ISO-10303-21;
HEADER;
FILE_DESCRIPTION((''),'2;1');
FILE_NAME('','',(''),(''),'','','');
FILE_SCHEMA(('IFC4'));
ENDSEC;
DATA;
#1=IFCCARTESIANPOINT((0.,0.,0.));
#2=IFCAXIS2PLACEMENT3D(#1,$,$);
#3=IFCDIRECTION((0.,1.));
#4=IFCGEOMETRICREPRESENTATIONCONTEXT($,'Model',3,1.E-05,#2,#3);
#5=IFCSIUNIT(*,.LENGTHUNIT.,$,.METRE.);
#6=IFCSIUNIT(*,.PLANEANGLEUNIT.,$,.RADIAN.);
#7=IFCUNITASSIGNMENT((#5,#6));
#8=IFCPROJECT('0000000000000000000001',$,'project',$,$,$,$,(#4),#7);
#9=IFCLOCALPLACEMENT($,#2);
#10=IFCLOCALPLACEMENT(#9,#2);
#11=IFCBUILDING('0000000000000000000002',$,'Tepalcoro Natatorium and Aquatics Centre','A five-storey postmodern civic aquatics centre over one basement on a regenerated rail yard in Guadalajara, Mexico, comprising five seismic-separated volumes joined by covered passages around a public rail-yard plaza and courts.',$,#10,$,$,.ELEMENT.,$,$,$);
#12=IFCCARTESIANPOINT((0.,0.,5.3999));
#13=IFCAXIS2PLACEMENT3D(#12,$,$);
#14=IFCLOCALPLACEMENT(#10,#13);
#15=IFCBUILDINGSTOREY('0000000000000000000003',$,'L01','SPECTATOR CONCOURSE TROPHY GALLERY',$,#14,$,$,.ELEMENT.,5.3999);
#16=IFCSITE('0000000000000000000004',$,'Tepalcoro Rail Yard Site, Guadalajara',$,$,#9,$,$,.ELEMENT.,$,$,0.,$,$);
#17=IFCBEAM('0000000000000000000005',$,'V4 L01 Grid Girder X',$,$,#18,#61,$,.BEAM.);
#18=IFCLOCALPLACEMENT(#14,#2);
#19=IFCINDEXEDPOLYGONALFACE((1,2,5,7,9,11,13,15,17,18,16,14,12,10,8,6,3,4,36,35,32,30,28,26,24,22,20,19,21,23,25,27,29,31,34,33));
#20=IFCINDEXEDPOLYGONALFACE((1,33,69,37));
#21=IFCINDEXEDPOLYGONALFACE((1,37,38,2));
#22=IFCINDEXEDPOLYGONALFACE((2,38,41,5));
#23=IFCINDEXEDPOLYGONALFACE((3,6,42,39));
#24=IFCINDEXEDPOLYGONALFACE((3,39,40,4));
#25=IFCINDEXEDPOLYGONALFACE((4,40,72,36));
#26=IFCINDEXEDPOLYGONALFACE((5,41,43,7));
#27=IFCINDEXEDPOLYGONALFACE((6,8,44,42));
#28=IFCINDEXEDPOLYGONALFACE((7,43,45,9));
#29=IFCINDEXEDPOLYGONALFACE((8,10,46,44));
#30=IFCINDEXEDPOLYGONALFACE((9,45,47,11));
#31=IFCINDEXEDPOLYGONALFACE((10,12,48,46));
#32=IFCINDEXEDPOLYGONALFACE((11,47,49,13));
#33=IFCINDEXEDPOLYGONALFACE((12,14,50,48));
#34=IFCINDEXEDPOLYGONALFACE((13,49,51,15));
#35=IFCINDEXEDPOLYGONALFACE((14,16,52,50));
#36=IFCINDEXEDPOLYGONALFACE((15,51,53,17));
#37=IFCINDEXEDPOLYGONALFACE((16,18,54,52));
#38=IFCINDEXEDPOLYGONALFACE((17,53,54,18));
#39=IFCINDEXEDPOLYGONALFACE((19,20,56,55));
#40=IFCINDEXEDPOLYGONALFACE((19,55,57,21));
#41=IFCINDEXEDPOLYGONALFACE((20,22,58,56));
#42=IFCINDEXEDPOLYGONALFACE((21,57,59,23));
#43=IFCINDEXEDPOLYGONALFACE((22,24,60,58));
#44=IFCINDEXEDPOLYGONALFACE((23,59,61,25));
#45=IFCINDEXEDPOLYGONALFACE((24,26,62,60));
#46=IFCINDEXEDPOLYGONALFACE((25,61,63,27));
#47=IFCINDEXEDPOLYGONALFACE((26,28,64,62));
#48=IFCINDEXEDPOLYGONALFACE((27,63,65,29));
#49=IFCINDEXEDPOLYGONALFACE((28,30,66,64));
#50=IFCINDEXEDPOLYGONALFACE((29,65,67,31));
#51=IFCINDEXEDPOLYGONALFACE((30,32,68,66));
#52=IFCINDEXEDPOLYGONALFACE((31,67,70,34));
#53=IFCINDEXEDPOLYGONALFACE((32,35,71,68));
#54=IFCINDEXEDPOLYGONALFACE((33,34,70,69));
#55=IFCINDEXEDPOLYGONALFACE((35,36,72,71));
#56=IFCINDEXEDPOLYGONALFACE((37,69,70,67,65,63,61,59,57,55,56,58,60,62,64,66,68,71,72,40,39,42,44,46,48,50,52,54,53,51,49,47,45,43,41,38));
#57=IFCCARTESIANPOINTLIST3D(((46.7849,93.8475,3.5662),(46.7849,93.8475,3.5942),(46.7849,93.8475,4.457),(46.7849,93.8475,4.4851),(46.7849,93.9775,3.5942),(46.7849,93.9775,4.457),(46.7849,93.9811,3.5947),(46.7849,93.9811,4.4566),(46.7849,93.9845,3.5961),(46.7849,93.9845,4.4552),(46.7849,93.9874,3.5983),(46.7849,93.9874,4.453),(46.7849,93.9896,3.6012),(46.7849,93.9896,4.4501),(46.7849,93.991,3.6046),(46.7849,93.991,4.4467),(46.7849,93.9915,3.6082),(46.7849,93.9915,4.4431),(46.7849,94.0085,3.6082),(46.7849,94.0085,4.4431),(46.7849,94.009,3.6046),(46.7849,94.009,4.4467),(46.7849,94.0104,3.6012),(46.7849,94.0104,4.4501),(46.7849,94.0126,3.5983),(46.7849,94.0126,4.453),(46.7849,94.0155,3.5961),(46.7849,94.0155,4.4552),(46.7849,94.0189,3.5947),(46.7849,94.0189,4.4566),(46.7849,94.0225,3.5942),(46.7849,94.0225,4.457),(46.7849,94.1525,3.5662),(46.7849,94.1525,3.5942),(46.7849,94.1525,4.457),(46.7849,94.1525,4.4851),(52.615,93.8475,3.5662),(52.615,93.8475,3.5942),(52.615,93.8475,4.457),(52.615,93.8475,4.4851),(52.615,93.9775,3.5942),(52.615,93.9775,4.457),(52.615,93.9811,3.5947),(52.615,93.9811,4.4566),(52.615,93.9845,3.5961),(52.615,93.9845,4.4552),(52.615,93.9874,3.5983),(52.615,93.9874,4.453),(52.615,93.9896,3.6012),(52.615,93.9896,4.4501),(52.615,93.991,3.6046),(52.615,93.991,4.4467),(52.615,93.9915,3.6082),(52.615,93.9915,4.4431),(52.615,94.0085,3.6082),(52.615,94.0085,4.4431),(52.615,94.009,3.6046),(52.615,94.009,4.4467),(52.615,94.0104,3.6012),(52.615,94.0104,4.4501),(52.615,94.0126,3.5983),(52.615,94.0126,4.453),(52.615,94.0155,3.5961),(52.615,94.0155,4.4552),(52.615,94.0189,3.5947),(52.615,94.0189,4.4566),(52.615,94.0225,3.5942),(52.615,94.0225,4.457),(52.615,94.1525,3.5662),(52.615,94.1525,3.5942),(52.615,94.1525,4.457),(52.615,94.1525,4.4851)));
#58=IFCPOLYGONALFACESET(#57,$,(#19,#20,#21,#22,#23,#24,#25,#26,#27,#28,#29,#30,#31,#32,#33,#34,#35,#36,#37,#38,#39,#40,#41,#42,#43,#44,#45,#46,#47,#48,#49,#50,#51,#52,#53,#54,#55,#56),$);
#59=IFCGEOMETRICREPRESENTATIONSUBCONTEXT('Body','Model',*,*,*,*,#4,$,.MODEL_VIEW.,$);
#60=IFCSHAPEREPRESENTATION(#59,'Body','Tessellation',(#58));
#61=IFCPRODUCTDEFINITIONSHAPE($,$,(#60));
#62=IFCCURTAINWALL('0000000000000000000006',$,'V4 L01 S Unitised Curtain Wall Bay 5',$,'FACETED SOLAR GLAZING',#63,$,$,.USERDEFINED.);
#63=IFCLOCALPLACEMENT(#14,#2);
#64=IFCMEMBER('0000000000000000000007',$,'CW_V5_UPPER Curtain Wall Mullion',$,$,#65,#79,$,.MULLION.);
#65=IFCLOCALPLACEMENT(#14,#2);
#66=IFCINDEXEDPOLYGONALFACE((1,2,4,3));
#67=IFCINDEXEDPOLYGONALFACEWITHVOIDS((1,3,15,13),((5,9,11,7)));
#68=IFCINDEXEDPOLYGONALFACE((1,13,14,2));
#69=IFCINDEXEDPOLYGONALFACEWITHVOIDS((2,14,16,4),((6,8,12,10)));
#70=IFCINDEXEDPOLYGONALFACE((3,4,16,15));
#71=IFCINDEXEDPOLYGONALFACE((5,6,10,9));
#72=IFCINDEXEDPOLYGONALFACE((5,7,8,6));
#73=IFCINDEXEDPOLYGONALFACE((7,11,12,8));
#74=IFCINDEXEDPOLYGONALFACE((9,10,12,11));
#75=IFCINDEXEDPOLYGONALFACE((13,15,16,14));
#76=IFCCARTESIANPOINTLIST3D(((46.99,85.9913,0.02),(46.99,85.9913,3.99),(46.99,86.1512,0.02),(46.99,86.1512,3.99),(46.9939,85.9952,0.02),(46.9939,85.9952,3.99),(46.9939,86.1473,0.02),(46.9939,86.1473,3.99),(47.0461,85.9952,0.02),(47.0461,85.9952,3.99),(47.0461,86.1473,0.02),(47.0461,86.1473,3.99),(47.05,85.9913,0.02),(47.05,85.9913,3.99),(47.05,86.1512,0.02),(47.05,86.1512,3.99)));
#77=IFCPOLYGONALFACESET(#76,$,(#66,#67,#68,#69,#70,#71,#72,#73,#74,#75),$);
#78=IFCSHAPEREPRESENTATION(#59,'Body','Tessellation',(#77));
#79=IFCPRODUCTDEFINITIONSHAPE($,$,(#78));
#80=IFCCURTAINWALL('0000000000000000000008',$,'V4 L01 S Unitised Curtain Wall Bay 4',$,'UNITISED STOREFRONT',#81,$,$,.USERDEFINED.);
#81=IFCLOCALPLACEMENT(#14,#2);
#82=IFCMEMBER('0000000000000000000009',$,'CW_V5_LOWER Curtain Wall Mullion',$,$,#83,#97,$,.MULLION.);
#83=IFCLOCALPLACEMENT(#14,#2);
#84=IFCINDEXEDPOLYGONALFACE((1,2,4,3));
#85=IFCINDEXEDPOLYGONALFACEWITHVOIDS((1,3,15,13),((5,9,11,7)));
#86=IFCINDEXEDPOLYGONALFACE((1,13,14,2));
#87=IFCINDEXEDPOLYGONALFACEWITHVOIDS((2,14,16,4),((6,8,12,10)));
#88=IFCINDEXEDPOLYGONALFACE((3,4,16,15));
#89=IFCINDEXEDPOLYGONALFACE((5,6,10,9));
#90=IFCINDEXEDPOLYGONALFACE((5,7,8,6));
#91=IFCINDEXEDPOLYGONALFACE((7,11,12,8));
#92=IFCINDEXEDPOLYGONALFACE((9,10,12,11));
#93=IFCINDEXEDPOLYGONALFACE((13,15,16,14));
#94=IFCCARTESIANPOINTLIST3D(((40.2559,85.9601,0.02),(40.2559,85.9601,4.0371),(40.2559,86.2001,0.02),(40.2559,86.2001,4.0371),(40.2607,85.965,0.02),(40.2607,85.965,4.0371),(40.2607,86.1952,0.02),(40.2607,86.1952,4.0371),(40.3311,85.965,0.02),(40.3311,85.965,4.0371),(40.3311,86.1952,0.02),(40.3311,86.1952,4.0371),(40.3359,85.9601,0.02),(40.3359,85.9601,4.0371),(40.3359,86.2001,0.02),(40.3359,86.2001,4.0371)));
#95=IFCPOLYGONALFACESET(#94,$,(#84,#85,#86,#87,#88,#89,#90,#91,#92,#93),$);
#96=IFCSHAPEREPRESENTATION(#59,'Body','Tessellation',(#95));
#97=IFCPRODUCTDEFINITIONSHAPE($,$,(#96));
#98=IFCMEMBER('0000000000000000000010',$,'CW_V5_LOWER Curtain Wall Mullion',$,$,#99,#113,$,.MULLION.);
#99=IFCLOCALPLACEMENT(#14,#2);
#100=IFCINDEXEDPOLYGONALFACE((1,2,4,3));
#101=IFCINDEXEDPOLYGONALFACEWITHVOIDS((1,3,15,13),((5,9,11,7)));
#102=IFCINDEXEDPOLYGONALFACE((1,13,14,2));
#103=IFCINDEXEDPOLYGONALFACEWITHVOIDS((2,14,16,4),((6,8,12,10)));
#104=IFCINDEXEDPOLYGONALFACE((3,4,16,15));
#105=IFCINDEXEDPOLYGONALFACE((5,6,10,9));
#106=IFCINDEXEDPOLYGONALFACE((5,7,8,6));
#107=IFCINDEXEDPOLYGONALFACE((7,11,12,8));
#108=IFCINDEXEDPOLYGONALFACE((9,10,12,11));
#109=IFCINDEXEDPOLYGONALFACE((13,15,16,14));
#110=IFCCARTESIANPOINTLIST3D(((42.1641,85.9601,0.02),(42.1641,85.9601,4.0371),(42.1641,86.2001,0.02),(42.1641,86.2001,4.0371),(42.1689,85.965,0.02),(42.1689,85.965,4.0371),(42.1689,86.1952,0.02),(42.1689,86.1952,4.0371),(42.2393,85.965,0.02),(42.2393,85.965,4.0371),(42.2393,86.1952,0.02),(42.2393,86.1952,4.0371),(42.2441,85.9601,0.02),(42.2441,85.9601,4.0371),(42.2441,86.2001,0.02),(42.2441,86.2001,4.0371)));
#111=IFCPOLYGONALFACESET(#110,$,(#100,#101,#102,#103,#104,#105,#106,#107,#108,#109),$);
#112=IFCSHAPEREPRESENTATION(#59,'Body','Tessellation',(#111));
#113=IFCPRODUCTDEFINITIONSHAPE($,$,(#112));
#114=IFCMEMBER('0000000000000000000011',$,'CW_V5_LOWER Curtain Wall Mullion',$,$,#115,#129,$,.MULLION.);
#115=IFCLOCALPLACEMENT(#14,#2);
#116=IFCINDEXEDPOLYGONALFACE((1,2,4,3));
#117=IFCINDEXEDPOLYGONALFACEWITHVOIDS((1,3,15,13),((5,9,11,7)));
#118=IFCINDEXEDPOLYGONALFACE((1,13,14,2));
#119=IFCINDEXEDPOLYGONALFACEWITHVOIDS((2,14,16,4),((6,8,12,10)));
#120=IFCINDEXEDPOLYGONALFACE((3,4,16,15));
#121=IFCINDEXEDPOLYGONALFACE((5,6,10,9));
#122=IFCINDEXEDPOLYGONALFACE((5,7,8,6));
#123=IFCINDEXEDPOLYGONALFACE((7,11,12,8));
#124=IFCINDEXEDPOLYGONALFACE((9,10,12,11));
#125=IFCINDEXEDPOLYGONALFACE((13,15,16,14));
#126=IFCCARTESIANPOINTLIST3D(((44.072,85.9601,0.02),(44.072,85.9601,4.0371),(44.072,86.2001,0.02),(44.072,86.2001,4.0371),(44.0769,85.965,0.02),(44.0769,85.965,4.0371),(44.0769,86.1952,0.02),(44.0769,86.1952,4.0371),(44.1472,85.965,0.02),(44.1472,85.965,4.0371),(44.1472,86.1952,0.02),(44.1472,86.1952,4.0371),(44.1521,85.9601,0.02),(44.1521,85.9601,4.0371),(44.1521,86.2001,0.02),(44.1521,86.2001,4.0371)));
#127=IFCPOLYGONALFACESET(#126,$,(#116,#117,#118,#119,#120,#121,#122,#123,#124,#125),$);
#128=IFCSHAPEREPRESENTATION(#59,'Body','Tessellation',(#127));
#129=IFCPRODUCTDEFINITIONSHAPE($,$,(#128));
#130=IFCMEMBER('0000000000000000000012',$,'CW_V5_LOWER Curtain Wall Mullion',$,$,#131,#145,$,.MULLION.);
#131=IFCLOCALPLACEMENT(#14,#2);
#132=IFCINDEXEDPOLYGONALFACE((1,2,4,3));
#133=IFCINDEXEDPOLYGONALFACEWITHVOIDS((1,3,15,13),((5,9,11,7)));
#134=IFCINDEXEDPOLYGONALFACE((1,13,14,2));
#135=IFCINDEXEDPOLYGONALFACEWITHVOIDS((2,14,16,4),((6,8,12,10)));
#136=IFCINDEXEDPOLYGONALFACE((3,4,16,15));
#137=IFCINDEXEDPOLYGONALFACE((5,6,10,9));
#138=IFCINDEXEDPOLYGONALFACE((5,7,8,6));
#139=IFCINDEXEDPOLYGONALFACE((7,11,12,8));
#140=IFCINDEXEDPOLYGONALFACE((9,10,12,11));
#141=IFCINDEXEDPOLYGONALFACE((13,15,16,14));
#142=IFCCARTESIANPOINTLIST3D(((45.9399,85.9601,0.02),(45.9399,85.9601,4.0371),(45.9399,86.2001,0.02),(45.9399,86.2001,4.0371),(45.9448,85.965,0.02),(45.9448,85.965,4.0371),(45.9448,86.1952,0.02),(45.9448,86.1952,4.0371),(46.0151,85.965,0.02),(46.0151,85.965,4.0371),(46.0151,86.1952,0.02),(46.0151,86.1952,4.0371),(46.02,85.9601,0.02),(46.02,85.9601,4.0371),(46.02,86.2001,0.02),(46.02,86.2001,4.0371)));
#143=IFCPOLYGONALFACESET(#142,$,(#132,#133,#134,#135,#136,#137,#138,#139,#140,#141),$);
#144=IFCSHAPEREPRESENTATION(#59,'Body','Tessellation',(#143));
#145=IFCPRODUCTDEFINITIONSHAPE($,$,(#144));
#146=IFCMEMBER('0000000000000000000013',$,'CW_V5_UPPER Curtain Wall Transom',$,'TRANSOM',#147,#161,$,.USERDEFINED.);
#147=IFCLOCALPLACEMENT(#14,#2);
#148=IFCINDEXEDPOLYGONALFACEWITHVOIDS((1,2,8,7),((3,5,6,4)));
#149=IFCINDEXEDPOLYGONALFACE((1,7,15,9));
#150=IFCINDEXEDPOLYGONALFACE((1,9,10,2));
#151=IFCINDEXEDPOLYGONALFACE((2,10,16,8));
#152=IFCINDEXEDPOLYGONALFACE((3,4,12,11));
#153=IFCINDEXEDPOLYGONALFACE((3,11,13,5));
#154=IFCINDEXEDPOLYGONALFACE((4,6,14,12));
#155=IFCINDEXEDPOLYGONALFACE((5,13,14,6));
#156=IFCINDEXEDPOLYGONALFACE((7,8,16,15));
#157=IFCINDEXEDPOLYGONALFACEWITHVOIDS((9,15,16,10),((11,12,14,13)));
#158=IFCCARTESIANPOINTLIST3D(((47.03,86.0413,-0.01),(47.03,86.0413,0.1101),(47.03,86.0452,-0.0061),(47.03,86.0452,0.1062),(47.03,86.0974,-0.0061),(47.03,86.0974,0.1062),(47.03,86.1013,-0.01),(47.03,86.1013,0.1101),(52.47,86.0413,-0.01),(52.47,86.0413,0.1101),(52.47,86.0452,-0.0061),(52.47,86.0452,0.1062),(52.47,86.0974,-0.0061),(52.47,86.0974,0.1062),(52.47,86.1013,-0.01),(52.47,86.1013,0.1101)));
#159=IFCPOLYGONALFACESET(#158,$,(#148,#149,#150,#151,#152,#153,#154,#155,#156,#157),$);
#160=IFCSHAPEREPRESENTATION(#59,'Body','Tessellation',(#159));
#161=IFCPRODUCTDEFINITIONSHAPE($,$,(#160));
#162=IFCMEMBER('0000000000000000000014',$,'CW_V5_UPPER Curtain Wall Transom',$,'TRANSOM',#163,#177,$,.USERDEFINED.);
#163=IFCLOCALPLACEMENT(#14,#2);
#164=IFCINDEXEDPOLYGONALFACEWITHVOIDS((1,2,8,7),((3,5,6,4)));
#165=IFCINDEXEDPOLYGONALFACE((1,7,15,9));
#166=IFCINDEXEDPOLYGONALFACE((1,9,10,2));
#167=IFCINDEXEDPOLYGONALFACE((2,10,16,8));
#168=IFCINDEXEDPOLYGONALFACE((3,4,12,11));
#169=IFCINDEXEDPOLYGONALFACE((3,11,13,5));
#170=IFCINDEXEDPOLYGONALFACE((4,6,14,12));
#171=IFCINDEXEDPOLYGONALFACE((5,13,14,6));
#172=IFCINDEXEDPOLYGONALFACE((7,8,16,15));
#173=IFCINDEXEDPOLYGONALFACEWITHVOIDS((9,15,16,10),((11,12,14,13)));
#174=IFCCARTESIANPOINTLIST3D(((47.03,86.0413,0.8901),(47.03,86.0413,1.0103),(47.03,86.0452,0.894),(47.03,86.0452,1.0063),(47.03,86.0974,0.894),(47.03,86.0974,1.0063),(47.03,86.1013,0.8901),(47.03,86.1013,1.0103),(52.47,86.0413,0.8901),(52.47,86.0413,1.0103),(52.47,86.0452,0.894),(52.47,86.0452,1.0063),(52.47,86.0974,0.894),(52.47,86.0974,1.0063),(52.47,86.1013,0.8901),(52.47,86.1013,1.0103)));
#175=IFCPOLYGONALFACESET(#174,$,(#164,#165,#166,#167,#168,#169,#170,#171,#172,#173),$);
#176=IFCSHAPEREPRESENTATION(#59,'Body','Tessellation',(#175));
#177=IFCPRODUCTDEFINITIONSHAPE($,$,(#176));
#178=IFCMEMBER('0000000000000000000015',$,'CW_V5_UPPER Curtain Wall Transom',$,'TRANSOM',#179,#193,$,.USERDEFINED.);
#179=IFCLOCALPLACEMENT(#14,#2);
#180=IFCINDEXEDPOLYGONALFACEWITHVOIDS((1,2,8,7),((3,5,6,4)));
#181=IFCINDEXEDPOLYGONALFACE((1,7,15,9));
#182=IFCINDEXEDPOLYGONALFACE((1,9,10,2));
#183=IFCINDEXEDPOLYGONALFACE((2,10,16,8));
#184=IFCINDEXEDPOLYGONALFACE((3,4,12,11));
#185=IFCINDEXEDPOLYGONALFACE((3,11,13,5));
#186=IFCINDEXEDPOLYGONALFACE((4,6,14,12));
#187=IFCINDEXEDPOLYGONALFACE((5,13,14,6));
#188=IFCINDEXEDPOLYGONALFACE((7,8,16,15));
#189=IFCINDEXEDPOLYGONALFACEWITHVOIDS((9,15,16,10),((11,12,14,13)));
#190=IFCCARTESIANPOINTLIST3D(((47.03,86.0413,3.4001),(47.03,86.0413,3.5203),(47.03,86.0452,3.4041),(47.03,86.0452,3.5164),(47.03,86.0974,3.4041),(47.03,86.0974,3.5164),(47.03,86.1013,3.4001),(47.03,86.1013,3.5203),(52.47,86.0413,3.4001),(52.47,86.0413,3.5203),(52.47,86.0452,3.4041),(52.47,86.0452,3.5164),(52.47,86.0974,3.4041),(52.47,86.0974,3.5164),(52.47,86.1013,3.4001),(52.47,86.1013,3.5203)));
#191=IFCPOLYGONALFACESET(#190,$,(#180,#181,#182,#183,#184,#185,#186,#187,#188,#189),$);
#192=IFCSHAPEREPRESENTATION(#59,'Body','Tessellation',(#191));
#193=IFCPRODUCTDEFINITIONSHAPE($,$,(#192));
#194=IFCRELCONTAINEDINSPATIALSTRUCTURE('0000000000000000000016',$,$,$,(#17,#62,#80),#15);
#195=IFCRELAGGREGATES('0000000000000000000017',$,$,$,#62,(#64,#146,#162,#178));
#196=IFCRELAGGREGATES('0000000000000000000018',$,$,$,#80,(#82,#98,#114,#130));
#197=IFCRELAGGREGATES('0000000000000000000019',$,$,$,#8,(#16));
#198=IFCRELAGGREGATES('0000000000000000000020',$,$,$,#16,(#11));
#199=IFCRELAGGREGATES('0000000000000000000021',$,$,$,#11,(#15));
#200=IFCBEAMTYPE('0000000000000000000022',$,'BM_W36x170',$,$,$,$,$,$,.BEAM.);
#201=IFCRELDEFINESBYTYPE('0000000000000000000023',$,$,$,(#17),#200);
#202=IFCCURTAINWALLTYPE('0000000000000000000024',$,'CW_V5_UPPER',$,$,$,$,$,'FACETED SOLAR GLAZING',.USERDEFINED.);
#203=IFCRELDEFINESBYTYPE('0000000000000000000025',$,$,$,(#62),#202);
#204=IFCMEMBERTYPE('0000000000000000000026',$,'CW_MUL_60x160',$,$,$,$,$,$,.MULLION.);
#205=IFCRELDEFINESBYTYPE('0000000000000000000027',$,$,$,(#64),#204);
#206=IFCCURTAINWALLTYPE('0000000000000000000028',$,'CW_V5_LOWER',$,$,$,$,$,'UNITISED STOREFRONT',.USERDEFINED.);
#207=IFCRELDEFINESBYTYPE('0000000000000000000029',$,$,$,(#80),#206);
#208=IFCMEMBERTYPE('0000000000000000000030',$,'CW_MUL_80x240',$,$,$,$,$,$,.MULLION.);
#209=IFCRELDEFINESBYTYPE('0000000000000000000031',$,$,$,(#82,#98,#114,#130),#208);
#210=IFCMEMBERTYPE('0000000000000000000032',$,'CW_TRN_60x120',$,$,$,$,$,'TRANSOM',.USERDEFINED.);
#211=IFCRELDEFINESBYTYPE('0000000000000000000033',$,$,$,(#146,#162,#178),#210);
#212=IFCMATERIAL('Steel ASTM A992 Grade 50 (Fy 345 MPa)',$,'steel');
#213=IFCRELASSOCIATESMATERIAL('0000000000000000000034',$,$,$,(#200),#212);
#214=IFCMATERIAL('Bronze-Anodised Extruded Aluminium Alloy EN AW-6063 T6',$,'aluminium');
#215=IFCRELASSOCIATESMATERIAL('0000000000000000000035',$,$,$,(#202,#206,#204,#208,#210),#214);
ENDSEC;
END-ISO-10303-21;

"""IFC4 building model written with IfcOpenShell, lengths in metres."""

from ifc_helpers import new_model, si_unit, direction, frame, origin, origin_2d, place, context, subcontext, project, spatial, hollow_rectangle, i_section, extrude, material, material_profile, profile_set, type_object, element, aggregate, save


model = new_model("IFC4")

# Units and contexts
model_context = context("Model", 3, precision=1e-05, world=origin(), true_north=direction((0.0, 1.0)))
body_context = subcontext(model_context, "Body", "Model", "MODEL_VIEW")
ifc_project = project(units=[si_unit("LENGTHUNIT", "METRE"), si_unit("PLANEANGLEUNIT", "RADIAN")], contexts=[model_context])

# Site, building, storey
site_placement = place(None, origin())
site = spatial("IfcSite", under=ifc_project, at=site_placement, Name="Tepalcoro Rail Yard Site, Guadalajara", CompositionType="ELEMENT", RefElevation=0.0)
building_placement = place(site_placement, origin())
building = spatial("IfcBuilding", under=site, at=building_placement, Name="Tepalcoro Natatorium and Aquatics Centre", Description="A five-storey postmodern civic aquatics centre over one basement on a regenerated rail yard in Guadalajara, Mexico, comprising five seismic-separated volumes joined by covered passages around a public rail-yard plaza and courts.", CompositionType="ELEMENT")
storey_placement = place(building_placement, frame((0.0, 0.0, 5.3999)))
storey = spatial("IfcBuildingStorey", under=building, at=storey_placement, Name="L01", Description="SPECTATOR CONCOURSE TROPHY GALLERY", CompositionType="ELEMENT", Elevation=5.3999)

# Beam
ifc_material_1 = material(Name="Steel ASTM A992 Grade 50 (Fy 345 MPa)", Category="steel")
ifc_material_profile_1 = material_profile(ifc_material_1, i_section(OverallWidth=0.3049, OverallDepth=0.9189, WebThickness=0.0171, FlangeThickness=0.0281, FilletRadius=0.0139, at=origin_2d()), Name="W36X170")
ifc_profile_set_1 = profile_set([ifc_material_profile_1], Name="Steel ASTM A992 Grade 50 (Fy 345 MPa)")
beam_type_1 = type_object("IfcBeamType", Name="BM_W36x170", PredefinedType="BEAM", material=ifc_profile_set_1)
beam_1_placement = place(storey_placement, frame((46.7849, 94.0, 4.0256), z_axis=(1.0, 0.0, 0.0), x_axis=(0.0, 1.0, 0.0)))
element("IfcBeam", 1, at=beam_1_placement, inside=storey, type_object=beam_type_1, Name="V4 L01 Grid Girder X", PredefinedType="BEAM", context=body_context, shape_type="SweptSolid", body=[
    extrude(i_section(OverallWidth=0.3049, OverallDepth=0.9189, WebThickness=0.0171, FlangeThickness=0.0281, FilletRadius=0.0139, at=origin_2d()), origin(), (0.0, 0.0, 1.0), 5.8301),
])

# Curtain wall, member
ifc_material_2 = material(Name="Bronze-Anodised Extruded Aluminium Alloy EN AW-6063 T6", Category="aluminium")
curtain_wall_type_1 = type_object("IfcCurtainWallType", Name="CW_V5_UPPER", ElementType="FACETED SOLAR GLAZING", PredefinedType="USERDEFINED", material=ifc_material_2)
curtain_wall_1_placement = place(storey_placement, origin())
curtain_wall_1 = element("IfcCurtainWall", 2, at=curtain_wall_1_placement, inside=storey, type_object=curtain_wall_type_1, Name="V4 L01 S Unitised Curtain Wall Bay 5", ObjectType="FACETED SOLAR GLAZING", PredefinedType="USERDEFINED")
ifc_material_profile_2 = material_profile(ifc_material_2, hollow_rectangle(XDim=0.0601, YDim=0.1599, WallThickness=0.0039, at=origin_2d()), Name="AL60X160X4")
ifc_profile_set_2 = profile_set([ifc_material_profile_2], Name="Bronze-Anodised Extruded Aluminium Alloy EN AW-6063 T6")
member_type_1 = type_object("IfcMemberType", Name="CW_MUL_60x160", PredefinedType="MULLION", material=ifc_profile_set_2)
member_1_placement = place(storey_placement, frame((47.02, 86.0713, 0.02), z_axis=(0.0, 0.0, 1.0), x_axis=(1.0, 0.0, 0.0)))
member_1 = element("IfcMember", 3, at=member_1_placement, type_object=member_type_1, Name="CW_V5_UPPER Curtain Wall Mullion", PredefinedType="MULLION", context=body_context, shape_type="SweptSolid", body=[
    extrude(hollow_rectangle(XDim=0.0601, YDim=0.1599, WallThickness=0.0039, at=origin_2d()), origin(), (0.0, 0.0, 1.0), 3.97),
])

# Curtain wall, members
curtain_wall_type_2 = type_object("IfcCurtainWallType", Name="CW_V5_LOWER", ElementType="UNITISED STOREFRONT", PredefinedType="USERDEFINED", material=ifc_material_2)
curtain_wall_2_placement = place(storey_placement, origin())
curtain_wall_2 = element("IfcCurtainWall", 4, at=curtain_wall_2_placement, inside=storey, type_object=curtain_wall_type_2, Name="V4 L01 S Unitised Curtain Wall Bay 4", ObjectType="UNITISED STOREFRONT", PredefinedType="USERDEFINED")
ifc_material_profile_3 = material_profile(ifc_material_2, hollow_rectangle(XDim=0.0801, YDim=0.24, WallThickness=0.0049, at=origin_2d()), Name="AL80X240X5")
ifc_profile_set_3 = profile_set([ifc_material_profile_3], Name="Bronze-Anodised Extruded Aluminium Alloy EN AW-6063 T6")
member_type_2 = type_object("IfcMemberType", Name="CW_MUL_80x240", PredefinedType="MULLION", material=ifc_profile_set_3)
member_2_placement = place(storey_placement, frame((40.2959, 86.0801, 0.02), z_axis=(0.0, 0.0, 1.0), x_axis=(1.0, 0.0, 0.0)))
member_2 = element("IfcMember", 5, at=member_2_placement, type_object=member_type_2, Name="CW_V5_LOWER Curtain Wall Mullion", PredefinedType="MULLION", context=body_context, shape_type="SweptSolid", body=[
    extrude(hollow_rectangle(XDim=0.0801, YDim=0.24, WallThickness=0.0049, at=origin_2d()), origin(), (0.0, 0.0, 1.0), 4.0171),
])
member_3_placement = place(storey_placement, frame((42.2041, 86.0801, 0.02), z_axis=(0.0, 0.0, 1.0), x_axis=(1.0, 0.0, 0.0)))
member_3 = element("IfcMember", 6, at=member_3_placement, type_object=member_type_2, Name="CW_V5_LOWER Curtain Wall Mullion", PredefinedType="MULLION", context=body_context, shape_type="SweptSolid", body=[
    extrude(hollow_rectangle(XDim=0.0801, YDim=0.24, WallThickness=0.0049, at=origin_2d()), origin(), (0.0, 0.0, 1.0), 4.0171),
])
member_4_placement = place(storey_placement, frame((44.1121, 86.0801, 0.02), z_axis=(0.0, 0.0, 1.0), x_axis=(1.0, 0.0, 0.0)))
member_4 = element("IfcMember", 7, at=member_4_placement, type_object=member_type_2, Name="CW_V5_LOWER Curtain Wall Mullion", PredefinedType="MULLION", context=body_context, shape_type="SweptSolid", body=[
    extrude(hollow_rectangle(XDim=0.0801, YDim=0.24, WallThickness=0.0049, at=origin_2d()), origin(), (0.0, 0.0, 1.0), 4.0171),
])
member_5_placement = place(storey_placement, frame((45.98, 86.0801, 0.02), z_axis=(0.0, 0.0, 1.0), x_axis=(1.0, 0.0, 0.0)))
member_5 = element("IfcMember", 8, at=member_5_placement, type_object=member_type_2, Name="CW_V5_LOWER Curtain Wall Mullion", PredefinedType="MULLION", context=body_context, shape_type="SweptSolid", body=[
    extrude(hollow_rectangle(XDim=0.0801, YDim=0.24, WallThickness=0.0049, at=origin_2d()), origin(), (0.0, 0.0, 1.0), 4.0171),
])

# Members
ifc_material_profile_4 = material_profile(ifc_material_2, hollow_rectangle(XDim=0.0601, YDim=0.1201, WallThickness=0.0039, at=origin_2d()), Name="AL60X120X4")
ifc_profile_set_4 = profile_set([ifc_material_profile_4], Name="Bronze-Anodised Extruded Aluminium Alloy EN AW-6063 T6")
member_type_3 = type_object("IfcMemberType", Name="CW_TRN_60x120", ElementType="TRANSOM", PredefinedType="USERDEFINED", material=ifc_profile_set_4)
member_6_placement = place(storey_placement, frame((47.03, 86.0713, 0.05), z_axis=(1.0, 0.0, 0.0), x_axis=(0.0, 1.0, 0.0)))
member_6 = element("IfcMember", 9, at=member_6_placement, type_object=member_type_3, Name="CW_V5_UPPER Curtain Wall Transom", ObjectType="TRANSOM", PredefinedType="USERDEFINED", context=body_context, shape_type="SweptSolid", body=[
    extrude(hollow_rectangle(XDim=0.0601, YDim=0.1201, WallThickness=0.0039, at=origin_2d()), origin(), (0.0, 0.0, 1.0), 5.4399),
])
member_7_placement = place(storey_placement, frame((47.03, 86.0713, 0.9502), z_axis=(1.0, 0.0, 0.0), x_axis=(0.0, 1.0, 0.0)))
member_7 = element("IfcMember", 10, at=member_7_placement, type_object=member_type_3, Name="CW_V5_UPPER Curtain Wall Transom", ObjectType="TRANSOM", PredefinedType="USERDEFINED", context=body_context, shape_type="SweptSolid", body=[
    extrude(hollow_rectangle(XDim=0.0601, YDim=0.1201, WallThickness=0.0039, at=origin_2d()), origin(), (0.0, 0.0, 1.0), 5.4399),
])
member_8_placement = place(storey_placement, frame((47.03, 86.0713, 3.4602), z_axis=(1.0, 0.0, 0.0), x_axis=(0.0, 1.0, 0.0)))
member_8 = element("IfcMember", 11, at=member_8_placement, type_object=member_type_3, Name="CW_V5_UPPER Curtain Wall Transom", ObjectType="TRANSOM", PredefinedType="USERDEFINED", context=body_context, shape_type="SweptSolid", body=[
    extrude(hollow_rectangle(XDim=0.0601, YDim=0.1201, WallThickness=0.0039, at=origin_2d()), origin(), (0.0, 0.0, 1.0), 5.4399),
])
aggregate(curtain_wall_1, [member_1, member_6, member_7, member_8])

aggregate(curtain_wall_2, [member_2, member_3, member_4, member_5])

save(model, "model.ifc")
